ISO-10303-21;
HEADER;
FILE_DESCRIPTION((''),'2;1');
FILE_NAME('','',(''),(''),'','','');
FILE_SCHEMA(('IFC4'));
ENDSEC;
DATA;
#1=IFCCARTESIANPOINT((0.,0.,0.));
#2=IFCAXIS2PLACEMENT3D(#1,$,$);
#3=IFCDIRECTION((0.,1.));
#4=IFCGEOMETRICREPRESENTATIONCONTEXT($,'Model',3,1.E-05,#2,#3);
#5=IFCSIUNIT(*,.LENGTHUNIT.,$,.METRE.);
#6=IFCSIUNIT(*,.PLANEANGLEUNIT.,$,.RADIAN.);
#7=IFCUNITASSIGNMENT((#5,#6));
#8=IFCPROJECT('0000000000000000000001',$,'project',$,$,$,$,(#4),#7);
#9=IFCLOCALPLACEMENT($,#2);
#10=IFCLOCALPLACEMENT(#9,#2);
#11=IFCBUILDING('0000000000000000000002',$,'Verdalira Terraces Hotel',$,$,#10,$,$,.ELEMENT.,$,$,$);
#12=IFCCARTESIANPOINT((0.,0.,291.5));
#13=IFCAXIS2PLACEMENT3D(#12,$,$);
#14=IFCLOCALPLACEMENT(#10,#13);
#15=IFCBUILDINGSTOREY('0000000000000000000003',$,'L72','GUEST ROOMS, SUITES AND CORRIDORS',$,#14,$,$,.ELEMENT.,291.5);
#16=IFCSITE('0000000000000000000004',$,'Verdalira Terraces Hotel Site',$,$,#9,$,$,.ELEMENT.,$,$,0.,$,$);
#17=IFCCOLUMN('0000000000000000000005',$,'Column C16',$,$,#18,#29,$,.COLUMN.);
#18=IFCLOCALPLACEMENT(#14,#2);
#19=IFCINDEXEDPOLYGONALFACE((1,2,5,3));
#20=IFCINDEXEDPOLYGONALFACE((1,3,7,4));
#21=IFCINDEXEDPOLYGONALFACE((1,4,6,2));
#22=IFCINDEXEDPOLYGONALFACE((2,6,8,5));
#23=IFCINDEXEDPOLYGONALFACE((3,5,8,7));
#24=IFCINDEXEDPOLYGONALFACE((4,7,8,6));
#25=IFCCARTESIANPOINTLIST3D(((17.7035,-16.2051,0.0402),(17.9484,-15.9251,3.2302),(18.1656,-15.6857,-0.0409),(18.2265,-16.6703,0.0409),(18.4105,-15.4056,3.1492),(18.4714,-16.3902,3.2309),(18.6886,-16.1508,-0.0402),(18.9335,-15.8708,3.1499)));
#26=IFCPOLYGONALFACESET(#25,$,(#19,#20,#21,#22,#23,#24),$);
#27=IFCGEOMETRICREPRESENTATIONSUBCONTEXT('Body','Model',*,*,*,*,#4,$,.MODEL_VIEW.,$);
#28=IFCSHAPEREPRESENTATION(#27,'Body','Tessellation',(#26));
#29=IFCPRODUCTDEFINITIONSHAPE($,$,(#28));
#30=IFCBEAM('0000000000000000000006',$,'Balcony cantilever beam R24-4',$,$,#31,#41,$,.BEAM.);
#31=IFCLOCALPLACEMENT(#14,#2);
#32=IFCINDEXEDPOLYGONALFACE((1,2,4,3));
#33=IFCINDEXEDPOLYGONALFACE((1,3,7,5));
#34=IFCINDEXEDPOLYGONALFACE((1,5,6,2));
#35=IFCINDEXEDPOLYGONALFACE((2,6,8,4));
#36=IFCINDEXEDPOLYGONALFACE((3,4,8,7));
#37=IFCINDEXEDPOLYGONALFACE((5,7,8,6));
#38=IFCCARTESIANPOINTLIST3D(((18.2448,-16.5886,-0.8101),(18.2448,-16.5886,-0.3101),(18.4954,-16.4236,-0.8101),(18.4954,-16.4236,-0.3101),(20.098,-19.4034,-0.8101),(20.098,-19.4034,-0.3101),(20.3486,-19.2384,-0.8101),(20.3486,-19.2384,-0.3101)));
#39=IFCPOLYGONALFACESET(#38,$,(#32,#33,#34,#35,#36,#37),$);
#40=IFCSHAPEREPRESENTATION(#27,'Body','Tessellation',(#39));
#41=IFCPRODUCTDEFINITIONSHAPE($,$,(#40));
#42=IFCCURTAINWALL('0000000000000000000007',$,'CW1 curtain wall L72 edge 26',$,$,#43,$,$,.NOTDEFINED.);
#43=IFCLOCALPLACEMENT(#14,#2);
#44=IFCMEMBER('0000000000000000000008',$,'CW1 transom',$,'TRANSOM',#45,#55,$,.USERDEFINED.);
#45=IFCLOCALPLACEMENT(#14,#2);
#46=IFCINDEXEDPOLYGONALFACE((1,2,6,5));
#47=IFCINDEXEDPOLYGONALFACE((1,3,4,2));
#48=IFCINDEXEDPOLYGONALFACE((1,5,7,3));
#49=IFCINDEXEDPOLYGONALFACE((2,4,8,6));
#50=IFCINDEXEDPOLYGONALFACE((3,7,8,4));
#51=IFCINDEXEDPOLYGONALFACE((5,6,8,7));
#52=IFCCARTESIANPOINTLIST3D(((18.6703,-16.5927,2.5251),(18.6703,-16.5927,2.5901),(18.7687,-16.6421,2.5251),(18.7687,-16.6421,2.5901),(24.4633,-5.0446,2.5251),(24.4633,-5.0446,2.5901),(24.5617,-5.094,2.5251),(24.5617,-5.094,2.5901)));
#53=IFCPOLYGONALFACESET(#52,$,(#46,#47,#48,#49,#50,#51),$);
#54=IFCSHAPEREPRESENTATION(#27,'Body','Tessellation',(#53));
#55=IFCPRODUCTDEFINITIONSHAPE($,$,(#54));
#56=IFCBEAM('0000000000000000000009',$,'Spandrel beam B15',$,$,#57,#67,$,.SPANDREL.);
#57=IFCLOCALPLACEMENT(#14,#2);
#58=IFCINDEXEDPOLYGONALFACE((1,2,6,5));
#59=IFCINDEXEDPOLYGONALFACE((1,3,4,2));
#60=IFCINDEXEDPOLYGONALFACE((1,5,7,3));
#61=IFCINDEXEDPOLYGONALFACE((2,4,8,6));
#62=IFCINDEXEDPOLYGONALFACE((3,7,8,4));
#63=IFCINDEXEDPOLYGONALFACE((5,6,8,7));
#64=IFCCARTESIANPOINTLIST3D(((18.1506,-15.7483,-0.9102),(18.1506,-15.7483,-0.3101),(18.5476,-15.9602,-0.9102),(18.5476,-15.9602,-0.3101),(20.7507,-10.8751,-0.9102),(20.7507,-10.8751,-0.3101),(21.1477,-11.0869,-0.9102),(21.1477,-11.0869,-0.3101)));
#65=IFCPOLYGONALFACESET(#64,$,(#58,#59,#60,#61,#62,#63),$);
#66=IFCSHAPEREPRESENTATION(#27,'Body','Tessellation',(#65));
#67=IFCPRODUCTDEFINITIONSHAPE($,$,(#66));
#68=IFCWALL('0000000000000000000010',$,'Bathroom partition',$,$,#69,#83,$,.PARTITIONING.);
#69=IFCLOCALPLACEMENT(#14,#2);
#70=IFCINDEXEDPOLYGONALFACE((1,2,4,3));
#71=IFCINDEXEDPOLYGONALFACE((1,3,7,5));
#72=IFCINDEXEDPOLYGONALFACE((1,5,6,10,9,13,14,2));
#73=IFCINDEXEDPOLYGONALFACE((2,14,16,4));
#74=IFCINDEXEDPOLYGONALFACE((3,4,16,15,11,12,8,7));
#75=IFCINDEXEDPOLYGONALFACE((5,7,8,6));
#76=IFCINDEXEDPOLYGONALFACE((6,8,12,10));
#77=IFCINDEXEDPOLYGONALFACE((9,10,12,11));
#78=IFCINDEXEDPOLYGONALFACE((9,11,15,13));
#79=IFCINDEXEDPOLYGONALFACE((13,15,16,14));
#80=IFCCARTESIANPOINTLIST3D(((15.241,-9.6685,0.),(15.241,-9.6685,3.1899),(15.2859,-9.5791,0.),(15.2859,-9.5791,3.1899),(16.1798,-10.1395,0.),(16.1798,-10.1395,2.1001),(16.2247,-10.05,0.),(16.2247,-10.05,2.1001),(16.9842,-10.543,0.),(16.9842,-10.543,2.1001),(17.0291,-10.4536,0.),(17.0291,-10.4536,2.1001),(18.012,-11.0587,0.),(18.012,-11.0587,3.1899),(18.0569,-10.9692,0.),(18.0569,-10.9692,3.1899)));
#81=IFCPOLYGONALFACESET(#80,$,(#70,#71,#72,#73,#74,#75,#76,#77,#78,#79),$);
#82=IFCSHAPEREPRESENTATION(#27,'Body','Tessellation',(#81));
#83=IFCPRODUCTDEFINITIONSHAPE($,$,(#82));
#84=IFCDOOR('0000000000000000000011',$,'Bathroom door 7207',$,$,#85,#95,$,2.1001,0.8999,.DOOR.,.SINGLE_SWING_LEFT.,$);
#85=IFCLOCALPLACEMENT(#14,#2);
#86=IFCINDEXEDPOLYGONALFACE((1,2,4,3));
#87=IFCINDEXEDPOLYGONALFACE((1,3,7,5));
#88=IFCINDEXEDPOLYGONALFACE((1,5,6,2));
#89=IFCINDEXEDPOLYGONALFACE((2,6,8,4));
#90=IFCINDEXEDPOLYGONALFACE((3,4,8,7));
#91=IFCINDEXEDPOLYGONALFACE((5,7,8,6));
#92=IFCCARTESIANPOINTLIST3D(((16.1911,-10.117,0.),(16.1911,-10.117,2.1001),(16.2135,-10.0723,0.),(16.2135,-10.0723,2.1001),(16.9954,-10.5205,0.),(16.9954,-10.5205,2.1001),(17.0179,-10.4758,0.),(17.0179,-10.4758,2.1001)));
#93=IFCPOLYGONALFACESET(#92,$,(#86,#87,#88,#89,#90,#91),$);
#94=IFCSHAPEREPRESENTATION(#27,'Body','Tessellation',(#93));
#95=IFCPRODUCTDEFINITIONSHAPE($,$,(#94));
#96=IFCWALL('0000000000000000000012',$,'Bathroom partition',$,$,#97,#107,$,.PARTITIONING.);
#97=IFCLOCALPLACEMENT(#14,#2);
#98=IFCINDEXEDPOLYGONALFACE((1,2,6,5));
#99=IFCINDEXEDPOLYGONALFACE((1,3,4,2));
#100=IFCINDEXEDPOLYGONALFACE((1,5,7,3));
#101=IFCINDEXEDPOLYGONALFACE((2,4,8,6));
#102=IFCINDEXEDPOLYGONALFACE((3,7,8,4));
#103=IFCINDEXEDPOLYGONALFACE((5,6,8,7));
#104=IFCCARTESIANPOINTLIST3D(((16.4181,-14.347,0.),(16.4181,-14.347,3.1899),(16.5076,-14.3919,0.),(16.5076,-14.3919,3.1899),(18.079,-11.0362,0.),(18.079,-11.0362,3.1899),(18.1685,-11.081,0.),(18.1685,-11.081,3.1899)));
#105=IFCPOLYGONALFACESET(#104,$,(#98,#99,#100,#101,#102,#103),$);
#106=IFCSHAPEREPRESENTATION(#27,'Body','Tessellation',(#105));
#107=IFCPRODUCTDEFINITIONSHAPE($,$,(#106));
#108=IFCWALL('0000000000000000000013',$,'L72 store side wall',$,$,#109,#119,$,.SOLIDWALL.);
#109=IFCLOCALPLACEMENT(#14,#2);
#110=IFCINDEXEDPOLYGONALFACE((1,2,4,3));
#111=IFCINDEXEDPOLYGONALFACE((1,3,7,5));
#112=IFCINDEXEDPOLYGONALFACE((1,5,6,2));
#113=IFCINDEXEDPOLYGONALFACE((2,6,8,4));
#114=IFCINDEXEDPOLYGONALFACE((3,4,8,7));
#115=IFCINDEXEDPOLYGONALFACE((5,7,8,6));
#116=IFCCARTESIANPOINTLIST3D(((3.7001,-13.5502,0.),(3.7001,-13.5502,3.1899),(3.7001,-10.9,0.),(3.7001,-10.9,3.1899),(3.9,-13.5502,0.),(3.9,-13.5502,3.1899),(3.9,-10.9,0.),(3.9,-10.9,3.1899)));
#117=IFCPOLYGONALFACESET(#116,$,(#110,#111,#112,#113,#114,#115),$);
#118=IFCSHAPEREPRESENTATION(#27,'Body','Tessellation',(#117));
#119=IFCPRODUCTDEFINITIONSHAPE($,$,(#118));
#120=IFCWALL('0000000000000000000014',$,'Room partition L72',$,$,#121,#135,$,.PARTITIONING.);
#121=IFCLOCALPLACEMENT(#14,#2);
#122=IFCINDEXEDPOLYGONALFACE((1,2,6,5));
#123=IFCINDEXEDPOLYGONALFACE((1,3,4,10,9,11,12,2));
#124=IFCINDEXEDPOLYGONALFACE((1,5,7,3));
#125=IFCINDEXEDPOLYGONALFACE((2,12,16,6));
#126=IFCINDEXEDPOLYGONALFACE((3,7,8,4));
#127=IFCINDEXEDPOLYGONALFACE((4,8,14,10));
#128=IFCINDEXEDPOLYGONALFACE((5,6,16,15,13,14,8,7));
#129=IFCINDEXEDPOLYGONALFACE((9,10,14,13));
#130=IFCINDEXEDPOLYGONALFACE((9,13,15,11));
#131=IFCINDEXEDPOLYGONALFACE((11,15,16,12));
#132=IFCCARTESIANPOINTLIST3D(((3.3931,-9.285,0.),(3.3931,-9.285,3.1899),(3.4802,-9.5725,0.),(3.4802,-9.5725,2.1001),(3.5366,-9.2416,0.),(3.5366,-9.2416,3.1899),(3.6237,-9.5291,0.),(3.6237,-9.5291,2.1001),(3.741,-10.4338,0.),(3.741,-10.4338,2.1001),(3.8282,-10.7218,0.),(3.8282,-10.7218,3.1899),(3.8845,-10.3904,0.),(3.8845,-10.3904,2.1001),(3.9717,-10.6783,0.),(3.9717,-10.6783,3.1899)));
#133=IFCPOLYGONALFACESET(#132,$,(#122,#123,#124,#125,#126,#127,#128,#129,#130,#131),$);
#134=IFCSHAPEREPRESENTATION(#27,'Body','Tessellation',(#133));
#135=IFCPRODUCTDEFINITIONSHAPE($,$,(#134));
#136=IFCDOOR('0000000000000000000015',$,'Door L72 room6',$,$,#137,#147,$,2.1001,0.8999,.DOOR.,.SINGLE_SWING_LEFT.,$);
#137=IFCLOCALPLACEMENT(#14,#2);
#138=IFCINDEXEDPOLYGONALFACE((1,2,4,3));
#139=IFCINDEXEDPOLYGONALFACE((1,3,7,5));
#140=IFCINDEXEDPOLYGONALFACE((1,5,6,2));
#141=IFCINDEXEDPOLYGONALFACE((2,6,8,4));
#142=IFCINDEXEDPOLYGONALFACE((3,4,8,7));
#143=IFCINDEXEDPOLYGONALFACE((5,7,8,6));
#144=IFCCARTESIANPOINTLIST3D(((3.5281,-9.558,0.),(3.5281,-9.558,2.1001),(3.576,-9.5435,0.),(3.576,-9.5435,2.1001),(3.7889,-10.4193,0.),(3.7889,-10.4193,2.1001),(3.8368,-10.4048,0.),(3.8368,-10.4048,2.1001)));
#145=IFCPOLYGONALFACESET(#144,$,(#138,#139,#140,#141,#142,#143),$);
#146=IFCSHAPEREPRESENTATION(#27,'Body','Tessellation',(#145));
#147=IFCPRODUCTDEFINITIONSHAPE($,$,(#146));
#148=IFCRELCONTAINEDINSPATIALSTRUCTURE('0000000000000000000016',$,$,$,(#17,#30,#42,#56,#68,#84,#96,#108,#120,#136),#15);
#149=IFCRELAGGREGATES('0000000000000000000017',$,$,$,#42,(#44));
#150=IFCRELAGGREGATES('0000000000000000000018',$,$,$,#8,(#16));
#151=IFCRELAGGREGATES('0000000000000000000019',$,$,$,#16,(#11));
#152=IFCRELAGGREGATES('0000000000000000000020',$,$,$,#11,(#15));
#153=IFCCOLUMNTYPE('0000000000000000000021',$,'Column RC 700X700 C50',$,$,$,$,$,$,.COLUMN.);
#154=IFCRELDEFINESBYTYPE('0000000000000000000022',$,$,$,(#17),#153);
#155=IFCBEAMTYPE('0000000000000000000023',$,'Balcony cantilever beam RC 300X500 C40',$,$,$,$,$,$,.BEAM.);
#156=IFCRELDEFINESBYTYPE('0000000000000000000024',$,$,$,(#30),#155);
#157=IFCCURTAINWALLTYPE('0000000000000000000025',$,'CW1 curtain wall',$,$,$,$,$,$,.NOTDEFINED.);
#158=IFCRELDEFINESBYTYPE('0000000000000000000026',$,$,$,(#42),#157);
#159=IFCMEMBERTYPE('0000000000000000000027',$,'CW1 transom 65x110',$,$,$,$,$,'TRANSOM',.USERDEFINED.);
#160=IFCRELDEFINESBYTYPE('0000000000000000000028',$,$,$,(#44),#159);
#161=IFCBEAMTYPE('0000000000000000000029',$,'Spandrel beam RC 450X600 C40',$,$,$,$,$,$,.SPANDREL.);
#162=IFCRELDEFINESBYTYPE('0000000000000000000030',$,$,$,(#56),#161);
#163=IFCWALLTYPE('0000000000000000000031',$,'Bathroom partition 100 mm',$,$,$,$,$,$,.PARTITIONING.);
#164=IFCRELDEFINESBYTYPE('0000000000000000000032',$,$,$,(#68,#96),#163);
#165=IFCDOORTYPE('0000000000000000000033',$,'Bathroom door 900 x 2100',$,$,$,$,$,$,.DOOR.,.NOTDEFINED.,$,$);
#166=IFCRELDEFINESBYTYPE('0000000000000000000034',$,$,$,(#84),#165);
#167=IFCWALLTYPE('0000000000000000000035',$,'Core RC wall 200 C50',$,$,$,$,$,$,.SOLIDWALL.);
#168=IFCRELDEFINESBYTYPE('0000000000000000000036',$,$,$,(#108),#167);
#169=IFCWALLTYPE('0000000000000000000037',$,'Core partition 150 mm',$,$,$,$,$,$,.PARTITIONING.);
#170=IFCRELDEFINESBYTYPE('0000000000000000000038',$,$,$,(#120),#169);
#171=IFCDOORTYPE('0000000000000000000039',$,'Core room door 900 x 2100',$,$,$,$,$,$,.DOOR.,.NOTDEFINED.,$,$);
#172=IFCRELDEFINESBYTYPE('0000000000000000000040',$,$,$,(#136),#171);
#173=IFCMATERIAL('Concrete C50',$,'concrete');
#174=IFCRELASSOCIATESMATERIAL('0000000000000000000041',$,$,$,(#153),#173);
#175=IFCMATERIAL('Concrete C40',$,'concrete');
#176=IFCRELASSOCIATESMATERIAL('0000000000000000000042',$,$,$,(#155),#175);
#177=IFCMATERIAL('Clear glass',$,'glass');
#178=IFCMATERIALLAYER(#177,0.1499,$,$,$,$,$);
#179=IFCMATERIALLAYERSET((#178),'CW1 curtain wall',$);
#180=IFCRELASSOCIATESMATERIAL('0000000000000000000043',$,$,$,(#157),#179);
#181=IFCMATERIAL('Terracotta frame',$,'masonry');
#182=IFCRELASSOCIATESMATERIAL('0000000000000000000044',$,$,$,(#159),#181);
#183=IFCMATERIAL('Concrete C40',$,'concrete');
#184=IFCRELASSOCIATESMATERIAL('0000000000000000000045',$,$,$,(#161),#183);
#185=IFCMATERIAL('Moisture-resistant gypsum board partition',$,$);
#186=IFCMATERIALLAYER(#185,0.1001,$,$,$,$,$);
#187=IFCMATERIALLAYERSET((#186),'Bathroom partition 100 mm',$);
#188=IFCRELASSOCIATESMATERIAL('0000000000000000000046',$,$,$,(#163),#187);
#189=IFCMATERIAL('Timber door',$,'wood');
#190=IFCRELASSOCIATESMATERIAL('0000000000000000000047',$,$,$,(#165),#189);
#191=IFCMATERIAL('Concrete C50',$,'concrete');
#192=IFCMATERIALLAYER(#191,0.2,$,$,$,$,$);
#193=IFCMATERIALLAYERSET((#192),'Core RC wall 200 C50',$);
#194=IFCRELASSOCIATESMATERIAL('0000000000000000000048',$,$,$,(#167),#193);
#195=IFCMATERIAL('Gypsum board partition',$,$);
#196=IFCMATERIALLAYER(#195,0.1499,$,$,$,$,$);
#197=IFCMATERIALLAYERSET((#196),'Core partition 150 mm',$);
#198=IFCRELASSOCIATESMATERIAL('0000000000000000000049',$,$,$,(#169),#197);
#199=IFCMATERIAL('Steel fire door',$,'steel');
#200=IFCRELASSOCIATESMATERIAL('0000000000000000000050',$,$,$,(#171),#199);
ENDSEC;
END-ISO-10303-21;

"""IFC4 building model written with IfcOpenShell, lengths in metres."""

from ifc_helpers import new_model, si_unit, direction, frame, frame_2d, origin, origin_2d, place, context, subcontext, project, spatial, rectangle, extrude, material, layer, layer_set, material_profile, profile_set, type_object, element, fill, aggregate, save


model = new_model("IFC4")

# Units and contexts
model_context = context("Model", 3, precision=1e-05, world=origin(), true_north=direction((0.0, 1.0)))
body_context = subcontext(model_context, "Body", "Model", "MODEL_VIEW")
ifc_project = project(units=[si_unit("LENGTHUNIT", "METRE"), si_unit("PLANEANGLEUNIT", "RADIAN")], contexts=[model_context])

# Site, building, storey
site_placement = place(None, origin())
site = spatial("IfcSite", under=ifc_project, at=site_placement, Name="Verdalira Terraces Hotel Site", CompositionType="ELEMENT", RefElevation=0.0)
building_placement = place(site_placement, origin())
building = spatial("IfcBuilding", under=site, at=building_placement, Name="Verdalira Terraces Hotel", CompositionType="ELEMENT")
storey_placement = place(building_placement, frame((0.0, 0.0, 291.5)))
storey = spatial("IfcBuildingStorey", under=building, at=storey_placement, Name="L72", Description="GUEST ROOMS, SUITES AND CORRIDORS", CompositionType="ELEMENT", Elevation=291.5)

# Column
ifc_material_1 = material(Name="Concrete C50", Category="concrete")
ifc_material_profile_1 = material_profile(ifc_material_1, rectangle(XDim=0.7, YDim=0.7, at=origin_2d()), Name="RC 700X700")
ifc_profile_set_1 = profile_set([ifc_material_profile_1], Name="Concrete C50")
column_type = type_object("IfcColumnType", Name="Column RC 700X700 C50", PredefinedType="COLUMN", material=ifc_profile_set_1)
column_placement = place(storey_placement, frame((18.196, -16.178, 0.0), z_axis=(0.076247, 0.087194, 0.993269), x_axis=(-0.660167, -0.742135, 0.115826)))
element("IfcColumn", 1, at=column_placement, inside=storey, type_object=column_type, Name="Column C16", PredefinedType="COLUMN", context=body_context, shape_type="SweptSolid", body=[
    extrude(rectangle(XDim=0.7, YDim=0.7, at=origin_2d()), origin(), (0.0, 0.0, 1.0), 3.2117),
])

# Beam
ifc_material_2 = material(Name="Concrete C40", Category="concrete")
ifc_material_profile_2 = material_profile(ifc_material_2, rectangle(XDim=0.3, YDim=0.5, at=origin_2d()), Name="RC 300X500")
ifc_profile_set_2 = profile_set([ifc_material_profile_2], Name="Concrete C40")
beam_type_1 = type_object("IfcBeamType", Name="Balcony cantilever beam RC 300X500 C40", PredefinedType="BEAM", material=ifc_profile_set_2)
beam_1_placement = place(storey_placement, frame((18.3701, -16.5061, -0.5601), z_axis=(0.549893, -0.835235, 0.0), x_axis=(0.835235, 0.549893, 0.0)))
element("IfcBeam", 2, at=beam_1_placement, inside=storey, type_object=beam_type_1, Name="Balcony cantilever beam R24-4", PredefinedType="BEAM", context=body_context, shape_type="SweptSolid", body=[
    extrude(rectangle(XDim=0.3, YDim=0.5, at=origin_2d()), origin(), (0.0, 0.0, 1.0), 3.3701),
])

# Curtain wall, member
ifc_material_3 = material(Name="Clear glass", Category="glass")
ifc_layer_1 = layer(ifc_material_3, 0.1499)
ifc_layer_set_1 = layer_set([ifc_layer_1], Name="CW1 curtain wall")
curtain_wall_type = type_object("IfcCurtainWallType", Name="CW1 curtain wall", PredefinedType="NOTDEFINED", material=ifc_layer_set_1)
curtain_wall_placement = place(storey_placement, origin())
curtain_wall = element("IfcCurtainWall", 3, at=curtain_wall_placement, inside=storey, type_object=curtain_wall_type, Name="CW1 curtain wall L72 edge 26", PredefinedType="NOTDEFINED")
ifc_material_4 = material(Name="Terracotta frame", Category="masonry")
ifc_material_profile_3 = material_profile(ifc_material_4, rectangle(XDim=0.1101, YDim=0.0649, at=origin_2d()), Name="TR 65x110")
ifc_profile_set_3 = profile_set([ifc_material_profile_3], Name="Terracotta frame")
member_type = type_object("IfcMemberType", Name="CW1 transom 65x110", ElementType="TRANSOM", PredefinedType="USERDEFINED", material=ifc_profile_set_3)
member_placement = place(storey_placement, frame((18.7195, -16.6174, 2.5576), z_axis=(0.448385, 0.893841, 0.0), x_axis=(-0.893841, 0.448385, 0.0)))
member = element("IfcMember", 4, at=member_placement, type_object=member_type, Name="CW1 transom", ObjectType="TRANSOM", PredefinedType="USERDEFINED", context=body_context, shape_type="SweptSolid", body=[
    extrude(rectangle(XDim=0.1101, YDim=0.0649, at=origin_2d()), origin(), (0.0, 0.0, 1.0), 12.9197),
])
aggregate(curtain_wall, [member])

# Beam
ifc_material_5 = material(Name="Concrete C40", Category="concrete")
ifc_material_profile_4 = material_profile(ifc_material_5, rectangle(XDim=0.45, YDim=0.6001, at=origin_2d()), Name="RC 450X600")
ifc_profile_set_4 = profile_set([ifc_material_profile_4], Name="Concrete C40")
beam_type_2 = type_object("IfcBeamType", Name="Spandrel beam RC 450X600 C40", PredefinedType="SPANDREL", material=ifc_profile_set_4)
beam_2_placement = place(storey_placement, frame((18.3491, -15.8542, -0.6101), z_axis=(0.47073, 0.882277, 0.0), x_axis=(-0.882277, 0.47073, 0.0)))
element("IfcBeam", 5, at=beam_2_placement, inside=storey, type_object=beam_type_2, Name="Spandrel beam B15", PredefinedType="SPANDREL", context=body_context, shape_type="SweptSolid", body=[
    extrude(rectangle(XDim=0.45, YDim=0.6001, at=origin_2d()), origin(), (0.0, 0.0, 1.0), 5.5234),
])

# Wall, opening, door
ifc_material_6 = material(Name="Moisture-resistant gypsum board partition")
ifc_layer_2 = layer(ifc_material_6, 0.1001)
ifc_layer_set_2 = layer_set([ifc_layer_2], Name="Bathroom partition 100 mm")
wall_type_1 = type_object("IfcWallType", Name="Bathroom partition 100 mm", PredefinedType="PARTITIONING", material=ifc_layer_set_2)
wall_1_placement = place(storey_placement, frame((18.0344, -11.0139, 0.0), z_axis=(0.0, 0.0, 1.0), x_axis=(-0.893828, 0.44841, 0.0)))
wall_1 = element("IfcWall", 6, at=wall_1_placement, inside=storey, type_object=wall_type_1, Name="Bathroom partition", PredefinedType="PARTITIONING", context=body_context, shape_type="SweptSolid", body=[
    extrude(rectangle(XDim=3.1001, YDim=0.1001, at=frame_2d((1.55, 0.0))), origin(), (0.0, 0.0, 1.0), 3.1899),
])
opening_1_placement = place(wall_1_placement, frame((1.1499, 0.0, 0.0)))
opening_1 = element("IfcOpeningElement", 7, at=opening_1_placement, cuts=wall_1, PredefinedType="OPENING", context=body_context, shape_type="SweptSolid", body=[
    extrude(rectangle(XDim=0.8999, YDim=2.1001, at=frame_2d((0.45, 1.05))), frame((0.0, 0.0601, 0.0), z_axis=(0.0, -1.0, 0.0), x_axis=(1.0, 0.0, 0.0)), (0.0, 0.0, 1.0), 0.1201),
])
ifc_material_7 = material(Name="Timber door", Category="wood")
door_type_1 = type_object("IfcDoorType", Name="Bathroom door 900 x 2100", OperationType="NOTDEFINED", PredefinedType="DOOR", material=ifc_material_7)
door_1_placement = place(opening_1_placement, origin())
door_1 = element("IfcDoor", 8, at=door_1_placement, inside=storey, type_object=door_type_1, Name="Bathroom door 7207", OperationType="SINGLE_SWING_LEFT", OverallHeight=2.1001, OverallWidth=0.8999, PredefinedType="DOOR", context=body_context, shape_type="SweptSolid", body=[
    extrude(rectangle(XDim=0.8999, YDim=2.1001, at=frame_2d((0.45, 1.05))), frame((0.0, 0.0249, 0.0), z_axis=(0.0, -1.0, 0.0), x_axis=(1.0, 0.0, 0.0)), (0.0, 0.0, 1.0), 0.05),
])
fill(opening_1, door_1)

# Walls
wall_2_placement = place(storey_placement, frame((18.1238, -11.0586, 0.0), z_axis=(0.0, 0.0, 1.0), x_axis=(-0.4484, -0.893833, 0.0)))
element("IfcWall", 9, at=wall_2_placement, inside=storey, type_object=wall_type_1, Name="Bathroom partition", PredefinedType="PARTITIONING", context=body_context, shape_type="SweptSolid", body=[
    extrude(rectangle(XDim=3.7041, YDim=0.1001, at=frame_2d((1.8521, 0.0))), origin(), (0.0, 0.0, 1.0), 3.1899),
])
ifc_material_8 = material(Name="Concrete C50", Category="concrete")
ifc_layer_3 = layer(ifc_material_8, 0.2)
ifc_layer_set_3 = layer_set([ifc_layer_3], Name="Core RC wall 200 C50")
wall_type_2 = type_object("IfcWallType", Name="Core RC wall 200 C50", PredefinedType="SOLIDWALL", material=ifc_layer_set_3)
wall_3_placement = place(storey_placement, frame((3.8, -10.8999, 0.0), z_axis=(0.0, 0.0, 1.0), x_axis=(0.0, -1.0, 0.0)))
element("IfcWall", 10, at=wall_3_placement, inside=storey, type_object=wall_type_2, Name="L72 store side wall", PredefinedType="SOLIDWALL", context=body_context, shape_type="SweptSolid", body=[
    extrude(rectangle(XDim=2.6501, YDim=0.2, at=frame_2d((1.3252, 0.0))), origin(), (0.0, 0.0, 1.0), 3.1899),
])

# Wall, opening, door
ifc_material_9 = material(Name="Gypsum board partition")
ifc_layer_4 = layer(ifc_material_9, 0.1499)
ifc_layer_set_4 = layer_set([ifc_layer_4], Name="Core partition 150 mm")
wall_type_3 = type_object("IfcWallType", Name="Core partition 150 mm", PredefinedType="PARTITIONING", material=ifc_layer_set_4)
wall_4_placement = place(storey_placement, frame((3.8999, -10.7, 0.0), z_axis=(0.0, 0.0, 1.0), x_axis=(-0.289809, 0.957085, 0.0)))
wall_4 = element("IfcWall", 11, at=wall_4_placement, inside=storey, type_object=wall_type_3, Name="Room partition L72", PredefinedType="PARTITIONING", context=body_context, shape_type="SweptSolid", body=[
    extrude(rectangle(XDim=1.5012, YDim=0.1499, at=frame_2d((0.7505, 0.0))), origin(), (0.0, 0.0, 1.0), 3.1899),
])
opening_2_placement = place(wall_4_placement, frame((0.3008, 0.0, 0.0)))
opening_2 = element("IfcOpeningElement", 12, at=opening_2_placement, cuts=wall_4, PredefinedType="OPENING", context=body_context, shape_type="SweptSolid", body=[
    extrude(rectangle(XDim=0.8999, YDim=2.1001, at=frame_2d((0.45, 1.05))), frame((0.0, 0.085, 0.0), z_axis=(0.0, -1.0, 0.0), x_axis=(1.0, 0.0, 0.0)), (0.0, 0.0, 1.0), 0.1699),
])
ifc_material_10 = material(Name="Steel fire door", Category="steel")
door_type_2 = type_object("IfcDoorType", Name="Core room door 900 x 2100", OperationType="NOTDEFINED", PredefinedType="DOOR", material=ifc_material_10)
door_2_placement = place(opening_2_placement, origin())
door_2 = element("IfcDoor", 13, at=door_2_placement, inside=storey, type_object=door_type_2, Name="Door L72 room6", OperationType="SINGLE_SWING_LEFT", OverallHeight=2.1001, OverallWidth=0.8999, PredefinedType="DOOR", context=body_context, shape_type="SweptSolid", body=[
    extrude(rectangle(XDim=0.8999, YDim=2.1001, at=frame_2d((0.45, 1.05))), frame((0.0, 0.0249, 0.0), z_axis=(0.0, -1.0, 0.0), x_axis=(1.0, 0.0, 0.0)), (0.0, 0.0, 1.0), 0.05),
])
fill(opening_2, door_2)

save(model, "model.ifc")
